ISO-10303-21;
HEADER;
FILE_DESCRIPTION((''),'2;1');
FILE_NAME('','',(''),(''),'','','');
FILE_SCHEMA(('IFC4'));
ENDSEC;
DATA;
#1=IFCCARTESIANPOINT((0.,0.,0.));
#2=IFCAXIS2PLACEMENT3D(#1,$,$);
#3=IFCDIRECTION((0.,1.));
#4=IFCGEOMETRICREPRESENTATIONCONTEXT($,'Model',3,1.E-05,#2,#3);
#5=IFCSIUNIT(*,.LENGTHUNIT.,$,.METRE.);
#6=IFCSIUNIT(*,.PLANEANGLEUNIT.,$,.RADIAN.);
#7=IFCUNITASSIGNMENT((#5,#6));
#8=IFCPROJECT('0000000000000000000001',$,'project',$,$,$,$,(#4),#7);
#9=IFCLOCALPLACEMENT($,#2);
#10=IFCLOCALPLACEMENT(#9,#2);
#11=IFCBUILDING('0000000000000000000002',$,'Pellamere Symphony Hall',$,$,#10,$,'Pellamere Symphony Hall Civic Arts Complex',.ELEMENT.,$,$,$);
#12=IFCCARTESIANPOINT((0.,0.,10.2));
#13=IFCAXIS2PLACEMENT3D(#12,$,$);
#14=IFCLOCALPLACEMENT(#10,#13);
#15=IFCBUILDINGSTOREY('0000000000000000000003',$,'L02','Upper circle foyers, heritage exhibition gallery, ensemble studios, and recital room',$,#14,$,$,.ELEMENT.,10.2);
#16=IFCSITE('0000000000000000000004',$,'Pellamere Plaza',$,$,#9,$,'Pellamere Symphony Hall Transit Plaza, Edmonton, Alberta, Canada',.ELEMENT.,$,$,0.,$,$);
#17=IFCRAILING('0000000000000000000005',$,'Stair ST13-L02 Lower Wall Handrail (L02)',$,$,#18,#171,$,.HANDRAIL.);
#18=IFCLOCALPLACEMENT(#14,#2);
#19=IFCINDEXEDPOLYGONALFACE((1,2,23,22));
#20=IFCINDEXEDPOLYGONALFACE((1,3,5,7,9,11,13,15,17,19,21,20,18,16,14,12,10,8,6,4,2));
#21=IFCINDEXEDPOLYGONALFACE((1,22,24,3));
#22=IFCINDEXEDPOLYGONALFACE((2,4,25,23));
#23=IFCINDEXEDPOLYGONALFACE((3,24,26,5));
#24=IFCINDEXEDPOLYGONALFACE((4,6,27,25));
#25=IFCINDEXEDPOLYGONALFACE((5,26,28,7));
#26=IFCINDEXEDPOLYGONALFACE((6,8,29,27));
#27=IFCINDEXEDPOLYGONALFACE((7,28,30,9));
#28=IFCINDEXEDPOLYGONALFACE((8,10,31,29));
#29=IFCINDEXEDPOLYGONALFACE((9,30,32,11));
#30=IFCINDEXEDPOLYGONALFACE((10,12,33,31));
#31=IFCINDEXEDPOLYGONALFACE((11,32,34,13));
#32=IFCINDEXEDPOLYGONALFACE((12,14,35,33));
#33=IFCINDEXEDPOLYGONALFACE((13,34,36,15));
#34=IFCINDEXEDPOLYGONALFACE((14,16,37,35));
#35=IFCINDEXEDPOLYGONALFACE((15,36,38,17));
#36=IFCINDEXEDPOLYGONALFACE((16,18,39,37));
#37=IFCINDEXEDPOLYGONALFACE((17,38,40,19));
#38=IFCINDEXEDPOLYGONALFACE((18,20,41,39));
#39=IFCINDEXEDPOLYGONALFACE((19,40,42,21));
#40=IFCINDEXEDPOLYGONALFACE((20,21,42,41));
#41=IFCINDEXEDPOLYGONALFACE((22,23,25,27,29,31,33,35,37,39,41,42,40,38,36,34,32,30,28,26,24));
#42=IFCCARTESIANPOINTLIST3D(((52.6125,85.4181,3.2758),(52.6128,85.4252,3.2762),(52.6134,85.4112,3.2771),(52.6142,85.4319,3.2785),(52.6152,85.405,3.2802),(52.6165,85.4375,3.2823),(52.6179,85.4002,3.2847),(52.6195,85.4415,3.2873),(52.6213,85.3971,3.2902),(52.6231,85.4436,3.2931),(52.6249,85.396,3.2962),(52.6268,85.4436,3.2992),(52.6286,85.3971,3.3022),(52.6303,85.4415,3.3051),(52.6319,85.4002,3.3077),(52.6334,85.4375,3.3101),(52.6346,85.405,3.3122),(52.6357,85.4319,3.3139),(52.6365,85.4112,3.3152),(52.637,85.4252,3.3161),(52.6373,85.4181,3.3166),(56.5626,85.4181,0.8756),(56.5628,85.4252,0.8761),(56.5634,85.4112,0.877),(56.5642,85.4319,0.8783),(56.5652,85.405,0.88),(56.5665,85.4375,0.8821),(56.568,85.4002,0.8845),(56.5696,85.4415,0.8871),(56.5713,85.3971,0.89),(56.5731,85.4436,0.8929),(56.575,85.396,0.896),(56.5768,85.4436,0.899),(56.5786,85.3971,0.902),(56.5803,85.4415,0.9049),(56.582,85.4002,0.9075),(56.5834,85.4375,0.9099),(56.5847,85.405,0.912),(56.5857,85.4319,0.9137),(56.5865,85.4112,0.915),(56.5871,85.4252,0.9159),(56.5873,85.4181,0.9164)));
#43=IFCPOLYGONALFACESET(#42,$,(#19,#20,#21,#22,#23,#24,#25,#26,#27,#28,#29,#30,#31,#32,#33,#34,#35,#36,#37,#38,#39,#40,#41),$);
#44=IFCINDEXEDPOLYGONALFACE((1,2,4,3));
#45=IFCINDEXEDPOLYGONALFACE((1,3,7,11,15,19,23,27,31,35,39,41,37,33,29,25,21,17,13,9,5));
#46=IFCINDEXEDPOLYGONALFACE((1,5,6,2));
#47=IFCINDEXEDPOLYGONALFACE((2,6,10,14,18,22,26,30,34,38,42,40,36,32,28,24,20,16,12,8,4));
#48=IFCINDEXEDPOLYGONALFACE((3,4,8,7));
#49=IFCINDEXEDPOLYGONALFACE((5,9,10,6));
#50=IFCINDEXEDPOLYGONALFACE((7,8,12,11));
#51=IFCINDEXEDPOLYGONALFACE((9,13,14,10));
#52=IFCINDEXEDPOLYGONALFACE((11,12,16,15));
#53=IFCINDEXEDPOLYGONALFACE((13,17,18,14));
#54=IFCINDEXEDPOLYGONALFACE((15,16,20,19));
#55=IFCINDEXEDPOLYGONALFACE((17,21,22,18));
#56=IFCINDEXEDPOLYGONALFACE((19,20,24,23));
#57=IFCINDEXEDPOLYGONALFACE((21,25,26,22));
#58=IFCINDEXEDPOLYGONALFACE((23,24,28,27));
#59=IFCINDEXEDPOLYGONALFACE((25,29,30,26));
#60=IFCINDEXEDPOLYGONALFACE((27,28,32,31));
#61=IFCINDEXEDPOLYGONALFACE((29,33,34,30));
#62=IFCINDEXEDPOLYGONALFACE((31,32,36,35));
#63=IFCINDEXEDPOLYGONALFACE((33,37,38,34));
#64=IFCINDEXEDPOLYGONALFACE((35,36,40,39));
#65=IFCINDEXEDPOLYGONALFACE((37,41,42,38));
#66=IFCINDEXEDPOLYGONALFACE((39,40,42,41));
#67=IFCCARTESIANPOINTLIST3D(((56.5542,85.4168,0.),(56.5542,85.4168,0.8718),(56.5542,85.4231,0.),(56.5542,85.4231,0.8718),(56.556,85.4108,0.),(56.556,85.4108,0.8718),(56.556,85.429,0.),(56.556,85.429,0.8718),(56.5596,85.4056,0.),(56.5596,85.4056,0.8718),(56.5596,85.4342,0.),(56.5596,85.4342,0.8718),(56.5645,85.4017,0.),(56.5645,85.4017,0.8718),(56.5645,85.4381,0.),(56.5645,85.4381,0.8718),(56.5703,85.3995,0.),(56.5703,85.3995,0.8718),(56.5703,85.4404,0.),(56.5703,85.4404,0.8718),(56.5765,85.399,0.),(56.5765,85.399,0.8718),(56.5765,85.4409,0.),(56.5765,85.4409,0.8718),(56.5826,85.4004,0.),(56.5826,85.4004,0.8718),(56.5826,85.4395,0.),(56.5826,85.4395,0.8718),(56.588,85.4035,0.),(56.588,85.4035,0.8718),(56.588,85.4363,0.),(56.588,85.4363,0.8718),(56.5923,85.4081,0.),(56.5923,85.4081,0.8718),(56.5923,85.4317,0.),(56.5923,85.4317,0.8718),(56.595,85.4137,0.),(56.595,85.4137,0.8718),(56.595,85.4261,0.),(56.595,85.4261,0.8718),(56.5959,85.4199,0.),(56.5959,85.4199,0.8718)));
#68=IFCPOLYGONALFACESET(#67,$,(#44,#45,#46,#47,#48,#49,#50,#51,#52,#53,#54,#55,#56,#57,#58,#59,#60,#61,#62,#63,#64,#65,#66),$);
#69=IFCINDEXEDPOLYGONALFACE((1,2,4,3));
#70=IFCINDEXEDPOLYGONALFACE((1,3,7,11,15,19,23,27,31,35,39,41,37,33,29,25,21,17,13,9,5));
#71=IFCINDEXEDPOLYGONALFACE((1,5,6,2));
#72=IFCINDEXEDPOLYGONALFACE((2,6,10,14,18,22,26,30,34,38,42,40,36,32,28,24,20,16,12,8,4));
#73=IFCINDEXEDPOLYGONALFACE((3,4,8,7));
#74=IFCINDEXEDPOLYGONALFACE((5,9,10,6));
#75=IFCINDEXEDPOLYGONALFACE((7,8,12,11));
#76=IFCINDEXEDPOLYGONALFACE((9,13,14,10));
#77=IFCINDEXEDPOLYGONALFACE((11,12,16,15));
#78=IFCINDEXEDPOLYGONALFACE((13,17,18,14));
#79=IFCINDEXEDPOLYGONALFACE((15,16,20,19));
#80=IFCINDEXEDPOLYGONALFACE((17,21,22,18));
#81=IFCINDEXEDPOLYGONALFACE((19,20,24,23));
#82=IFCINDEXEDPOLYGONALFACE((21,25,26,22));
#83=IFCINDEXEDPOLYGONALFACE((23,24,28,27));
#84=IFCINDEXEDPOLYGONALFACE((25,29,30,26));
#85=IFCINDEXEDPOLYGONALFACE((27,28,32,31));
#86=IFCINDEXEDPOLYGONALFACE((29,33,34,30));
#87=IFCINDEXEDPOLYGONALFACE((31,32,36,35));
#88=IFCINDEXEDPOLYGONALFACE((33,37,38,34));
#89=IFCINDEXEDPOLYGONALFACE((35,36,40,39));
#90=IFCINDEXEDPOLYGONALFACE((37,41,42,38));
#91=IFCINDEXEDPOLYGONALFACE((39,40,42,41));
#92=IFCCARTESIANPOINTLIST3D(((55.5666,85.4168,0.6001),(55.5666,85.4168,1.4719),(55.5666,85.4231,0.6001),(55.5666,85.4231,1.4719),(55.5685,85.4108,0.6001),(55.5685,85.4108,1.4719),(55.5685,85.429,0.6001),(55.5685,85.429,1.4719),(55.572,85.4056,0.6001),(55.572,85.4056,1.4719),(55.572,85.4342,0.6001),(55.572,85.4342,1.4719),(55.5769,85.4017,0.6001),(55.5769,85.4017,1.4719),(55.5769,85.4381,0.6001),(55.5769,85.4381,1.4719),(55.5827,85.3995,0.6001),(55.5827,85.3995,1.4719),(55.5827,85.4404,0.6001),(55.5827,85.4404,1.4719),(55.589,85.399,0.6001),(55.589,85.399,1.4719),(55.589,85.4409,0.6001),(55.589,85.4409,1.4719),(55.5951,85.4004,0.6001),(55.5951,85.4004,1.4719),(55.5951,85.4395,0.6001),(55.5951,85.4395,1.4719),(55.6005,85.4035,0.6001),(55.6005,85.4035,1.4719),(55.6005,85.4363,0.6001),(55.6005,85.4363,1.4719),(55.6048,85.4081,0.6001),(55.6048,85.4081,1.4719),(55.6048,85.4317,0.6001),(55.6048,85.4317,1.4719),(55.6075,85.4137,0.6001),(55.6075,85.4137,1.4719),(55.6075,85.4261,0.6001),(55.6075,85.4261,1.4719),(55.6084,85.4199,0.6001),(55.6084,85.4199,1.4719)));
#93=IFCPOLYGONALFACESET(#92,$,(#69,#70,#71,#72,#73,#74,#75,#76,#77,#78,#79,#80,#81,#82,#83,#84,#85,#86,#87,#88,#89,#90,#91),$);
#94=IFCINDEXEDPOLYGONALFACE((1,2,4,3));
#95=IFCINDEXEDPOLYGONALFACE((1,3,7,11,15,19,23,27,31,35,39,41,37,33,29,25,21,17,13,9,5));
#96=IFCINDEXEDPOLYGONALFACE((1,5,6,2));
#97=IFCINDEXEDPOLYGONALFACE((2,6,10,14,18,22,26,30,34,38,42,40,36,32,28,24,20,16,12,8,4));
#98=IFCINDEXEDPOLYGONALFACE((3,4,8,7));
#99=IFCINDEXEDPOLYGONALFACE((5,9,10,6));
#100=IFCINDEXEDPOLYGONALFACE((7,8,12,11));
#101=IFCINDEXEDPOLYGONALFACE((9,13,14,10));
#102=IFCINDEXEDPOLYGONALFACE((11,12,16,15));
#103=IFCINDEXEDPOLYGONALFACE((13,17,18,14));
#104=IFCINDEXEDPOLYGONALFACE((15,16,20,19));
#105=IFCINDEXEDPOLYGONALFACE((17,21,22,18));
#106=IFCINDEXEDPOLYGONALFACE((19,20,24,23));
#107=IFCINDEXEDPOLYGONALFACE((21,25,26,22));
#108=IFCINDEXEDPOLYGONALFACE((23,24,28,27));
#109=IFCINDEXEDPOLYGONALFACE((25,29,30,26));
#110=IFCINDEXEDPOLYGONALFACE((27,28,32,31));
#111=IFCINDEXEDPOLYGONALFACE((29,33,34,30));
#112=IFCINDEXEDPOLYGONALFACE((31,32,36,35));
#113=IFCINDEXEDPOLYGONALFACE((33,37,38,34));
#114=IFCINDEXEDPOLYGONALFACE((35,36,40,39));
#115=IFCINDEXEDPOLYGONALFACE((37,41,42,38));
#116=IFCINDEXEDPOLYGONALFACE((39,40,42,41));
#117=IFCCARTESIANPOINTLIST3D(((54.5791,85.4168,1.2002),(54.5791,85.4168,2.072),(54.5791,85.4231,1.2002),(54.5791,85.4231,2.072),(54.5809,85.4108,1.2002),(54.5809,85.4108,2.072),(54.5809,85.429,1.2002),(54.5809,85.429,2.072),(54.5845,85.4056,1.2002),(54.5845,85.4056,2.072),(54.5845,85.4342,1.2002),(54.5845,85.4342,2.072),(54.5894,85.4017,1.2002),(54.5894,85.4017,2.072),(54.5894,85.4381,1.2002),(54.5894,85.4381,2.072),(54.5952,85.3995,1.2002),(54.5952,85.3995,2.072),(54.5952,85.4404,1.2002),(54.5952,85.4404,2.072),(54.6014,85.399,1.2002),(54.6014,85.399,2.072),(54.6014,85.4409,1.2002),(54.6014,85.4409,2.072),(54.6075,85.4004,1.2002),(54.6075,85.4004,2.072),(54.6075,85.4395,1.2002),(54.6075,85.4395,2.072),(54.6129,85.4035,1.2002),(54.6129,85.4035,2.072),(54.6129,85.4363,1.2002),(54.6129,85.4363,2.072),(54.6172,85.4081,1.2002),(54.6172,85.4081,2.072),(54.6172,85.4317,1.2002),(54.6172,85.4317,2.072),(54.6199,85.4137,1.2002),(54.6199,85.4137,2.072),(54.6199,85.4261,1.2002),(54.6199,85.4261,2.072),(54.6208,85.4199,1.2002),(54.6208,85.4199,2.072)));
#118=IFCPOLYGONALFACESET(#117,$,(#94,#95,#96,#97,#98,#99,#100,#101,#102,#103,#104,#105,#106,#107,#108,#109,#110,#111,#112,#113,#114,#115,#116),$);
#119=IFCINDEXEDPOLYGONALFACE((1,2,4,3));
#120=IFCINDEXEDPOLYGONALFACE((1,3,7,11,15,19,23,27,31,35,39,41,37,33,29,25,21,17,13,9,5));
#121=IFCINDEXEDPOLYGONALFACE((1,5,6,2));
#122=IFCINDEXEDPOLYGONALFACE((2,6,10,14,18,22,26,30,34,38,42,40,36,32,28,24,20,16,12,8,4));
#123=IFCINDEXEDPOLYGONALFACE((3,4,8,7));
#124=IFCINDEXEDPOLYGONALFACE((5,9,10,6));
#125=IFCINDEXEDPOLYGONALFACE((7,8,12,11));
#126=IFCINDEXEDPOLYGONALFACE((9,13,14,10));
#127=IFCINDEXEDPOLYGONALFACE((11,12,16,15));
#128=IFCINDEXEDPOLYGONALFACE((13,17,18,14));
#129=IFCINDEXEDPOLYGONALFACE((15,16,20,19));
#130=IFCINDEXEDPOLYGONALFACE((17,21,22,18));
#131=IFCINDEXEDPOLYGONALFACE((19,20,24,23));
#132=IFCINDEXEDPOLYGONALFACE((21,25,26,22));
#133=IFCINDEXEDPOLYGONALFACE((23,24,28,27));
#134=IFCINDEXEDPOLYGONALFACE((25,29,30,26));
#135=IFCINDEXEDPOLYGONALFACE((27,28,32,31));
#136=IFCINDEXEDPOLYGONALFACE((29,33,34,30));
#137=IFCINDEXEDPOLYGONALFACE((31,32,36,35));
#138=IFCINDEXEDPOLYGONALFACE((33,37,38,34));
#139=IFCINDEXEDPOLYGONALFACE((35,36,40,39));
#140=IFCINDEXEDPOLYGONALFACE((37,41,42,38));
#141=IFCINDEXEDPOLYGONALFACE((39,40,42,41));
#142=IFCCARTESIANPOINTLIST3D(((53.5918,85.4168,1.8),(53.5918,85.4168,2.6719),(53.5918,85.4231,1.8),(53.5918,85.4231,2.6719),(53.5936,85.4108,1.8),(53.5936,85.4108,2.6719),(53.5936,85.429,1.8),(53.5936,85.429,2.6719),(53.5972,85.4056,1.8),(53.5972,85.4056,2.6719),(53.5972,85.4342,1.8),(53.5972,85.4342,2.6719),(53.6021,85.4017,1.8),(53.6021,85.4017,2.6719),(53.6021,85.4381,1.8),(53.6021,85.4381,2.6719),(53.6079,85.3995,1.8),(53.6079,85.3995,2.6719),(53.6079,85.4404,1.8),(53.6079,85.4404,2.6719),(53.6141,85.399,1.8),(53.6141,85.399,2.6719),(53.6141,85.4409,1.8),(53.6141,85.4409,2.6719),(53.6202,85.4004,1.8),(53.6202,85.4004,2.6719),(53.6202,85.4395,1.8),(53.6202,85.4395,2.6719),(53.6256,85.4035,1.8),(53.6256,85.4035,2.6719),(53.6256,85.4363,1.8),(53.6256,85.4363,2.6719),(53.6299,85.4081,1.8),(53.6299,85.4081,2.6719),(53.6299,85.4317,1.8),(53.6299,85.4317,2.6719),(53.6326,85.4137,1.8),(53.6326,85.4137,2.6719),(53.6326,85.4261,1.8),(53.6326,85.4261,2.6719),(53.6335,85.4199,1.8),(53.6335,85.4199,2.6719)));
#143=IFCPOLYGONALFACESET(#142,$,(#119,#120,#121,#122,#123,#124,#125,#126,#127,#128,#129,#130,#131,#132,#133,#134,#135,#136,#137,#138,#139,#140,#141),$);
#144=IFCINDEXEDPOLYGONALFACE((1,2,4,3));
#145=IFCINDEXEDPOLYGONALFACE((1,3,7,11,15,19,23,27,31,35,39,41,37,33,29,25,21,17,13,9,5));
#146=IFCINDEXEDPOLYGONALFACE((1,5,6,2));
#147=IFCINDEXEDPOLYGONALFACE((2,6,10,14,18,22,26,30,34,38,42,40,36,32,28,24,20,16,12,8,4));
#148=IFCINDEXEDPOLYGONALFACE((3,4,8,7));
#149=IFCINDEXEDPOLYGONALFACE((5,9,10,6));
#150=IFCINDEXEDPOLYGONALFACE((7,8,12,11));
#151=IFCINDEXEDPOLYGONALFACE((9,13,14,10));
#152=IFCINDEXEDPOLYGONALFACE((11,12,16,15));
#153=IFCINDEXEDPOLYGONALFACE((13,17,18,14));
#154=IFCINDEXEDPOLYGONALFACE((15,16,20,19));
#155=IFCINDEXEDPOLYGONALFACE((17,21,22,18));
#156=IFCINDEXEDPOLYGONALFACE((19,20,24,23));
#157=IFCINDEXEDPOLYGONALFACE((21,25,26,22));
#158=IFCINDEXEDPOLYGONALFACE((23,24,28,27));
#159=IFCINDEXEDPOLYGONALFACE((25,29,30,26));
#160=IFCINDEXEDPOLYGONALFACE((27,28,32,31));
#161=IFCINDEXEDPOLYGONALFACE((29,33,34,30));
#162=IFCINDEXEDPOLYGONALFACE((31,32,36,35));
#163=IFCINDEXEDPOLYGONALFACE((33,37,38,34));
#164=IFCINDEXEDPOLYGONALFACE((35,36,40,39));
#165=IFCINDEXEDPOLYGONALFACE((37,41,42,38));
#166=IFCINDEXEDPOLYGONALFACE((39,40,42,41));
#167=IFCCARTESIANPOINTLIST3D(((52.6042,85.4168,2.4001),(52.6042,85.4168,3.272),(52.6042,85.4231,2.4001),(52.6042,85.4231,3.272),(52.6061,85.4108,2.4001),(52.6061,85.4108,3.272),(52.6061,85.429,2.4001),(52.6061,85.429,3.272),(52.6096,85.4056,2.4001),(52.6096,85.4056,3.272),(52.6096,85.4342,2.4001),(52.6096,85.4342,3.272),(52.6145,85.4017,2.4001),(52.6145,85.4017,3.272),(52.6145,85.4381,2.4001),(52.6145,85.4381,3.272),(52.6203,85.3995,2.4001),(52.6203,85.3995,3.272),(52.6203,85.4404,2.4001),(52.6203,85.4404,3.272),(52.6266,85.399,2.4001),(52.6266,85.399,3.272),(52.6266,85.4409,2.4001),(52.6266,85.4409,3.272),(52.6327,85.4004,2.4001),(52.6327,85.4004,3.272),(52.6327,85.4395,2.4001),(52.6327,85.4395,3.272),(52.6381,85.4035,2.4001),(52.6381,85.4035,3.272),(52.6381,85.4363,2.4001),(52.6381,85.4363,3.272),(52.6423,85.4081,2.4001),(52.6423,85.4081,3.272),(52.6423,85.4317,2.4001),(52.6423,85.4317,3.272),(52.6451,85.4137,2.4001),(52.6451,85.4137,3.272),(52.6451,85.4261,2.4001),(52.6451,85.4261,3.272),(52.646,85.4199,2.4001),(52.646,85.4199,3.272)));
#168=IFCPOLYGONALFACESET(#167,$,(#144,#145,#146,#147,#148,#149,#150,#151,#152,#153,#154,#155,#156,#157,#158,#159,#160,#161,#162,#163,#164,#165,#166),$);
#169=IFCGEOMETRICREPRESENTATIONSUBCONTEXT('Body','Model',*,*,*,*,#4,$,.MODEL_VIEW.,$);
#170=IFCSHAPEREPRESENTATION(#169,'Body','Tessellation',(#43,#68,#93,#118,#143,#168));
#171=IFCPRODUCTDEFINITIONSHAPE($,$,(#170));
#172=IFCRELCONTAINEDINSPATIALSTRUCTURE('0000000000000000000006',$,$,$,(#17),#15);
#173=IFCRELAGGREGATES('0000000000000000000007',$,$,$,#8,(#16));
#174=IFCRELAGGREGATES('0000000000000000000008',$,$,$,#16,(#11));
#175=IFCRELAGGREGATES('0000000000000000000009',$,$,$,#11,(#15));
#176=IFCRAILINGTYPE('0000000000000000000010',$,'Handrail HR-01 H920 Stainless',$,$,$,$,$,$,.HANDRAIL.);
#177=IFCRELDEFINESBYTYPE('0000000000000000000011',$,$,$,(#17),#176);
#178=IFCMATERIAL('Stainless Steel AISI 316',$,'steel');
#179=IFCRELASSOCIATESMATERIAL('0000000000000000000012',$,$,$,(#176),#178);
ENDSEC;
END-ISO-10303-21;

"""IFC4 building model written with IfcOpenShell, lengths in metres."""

from ifc_helpers import new_model, si_unit, direction, frame, origin, origin_2d, place, context, subcontext, project, spatial, circle, extrude, material, type_object, element, save


model = new_model("IFC4")

# Units and contexts
model_context = context("Model", 3, precision=1e-05, world=origin(), true_north=direction((0.0, 1.0)))
body_context = subcontext(model_context, "Body", "Model", "MODEL_VIEW")
ifc_project = project(units=[si_unit("LENGTHUNIT", "METRE"), si_unit("PLANEANGLEUNIT", "RADIAN")], contexts=[model_context])

# Site, building, storey
site_placement = place(None, origin())
site = spatial("IfcSite", under=ifc_project, at=site_placement, Name="Pellamere Plaza", LongName="Pellamere Symphony Hall Transit Plaza, Edmonton, Alberta, Canada", CompositionType="ELEMENT", RefElevation=0.0)
building_placement = place(site_placement, origin())
building = spatial("IfcBuilding", under=site, at=building_placement, Name="Pellamere Symphony Hall", LongName="Pellamere Symphony Hall Civic Arts Complex", CompositionType="ELEMENT")
storey_placement = place(building_placement, frame((0.0, 0.0, 10.2)))
storey = spatial("IfcBuildingStorey", under=building, at=storey_placement, Name="L02", Description="Upper circle foyers, heritage exhibition gallery, ensemble studios, and recital room", CompositionType="ELEMENT", Elevation=10.2)

# Railing
ifc_material_1 = material(Name="Stainless Steel AISI 316", Category="steel")
railing_type_1 = type_object("IfcRailingType", Name="Handrail HR-01 H920 Stainless", PredefinedType="HANDRAIL", material=ifc_material_1)
for number, where, name in (
    (1, (56.575, 85.4199, 0.0), "Stair ST13-L02 Lower Wall Handrail (L02)"),
):
    element("IfcRailing", number, at=place(storey_placement, frame(where)), inside=storey, type_object=railing_type_1, Name=name, PredefinedType="HANDRAIL", context=body_context, shape_type="SweptSolid", body=[
        extrude(circle(Radius=0.0239, at=origin_2d()), frame((0.0, 0.0, 0.896), z_axis=(-0.854599, 0.0, 0.519288), x_axis=(0.0, -1.0, 0.0)), (0.0, 0.0, 1.0), 4.6221),
        extrude(circle(Radius=0.021, at=origin_2d()), origin(), (0.0, 0.0, 1.0), 0.8718),
        extrude(circle(Radius=0.021, at=origin_2d()), frame((-0.9875, 0.0, 0.6001)), (0.0, 0.0, 1.0), 0.8718),
        extrude(circle(Radius=0.021, at=origin_2d()), frame((-1.9751, 0.0, 1.2002)), (0.0, 0.0, 1.0), 0.8718),
        extrude(circle(Radius=0.021, at=origin_2d()), frame((-2.9624, 0.0, 1.8)), (0.0, 0.0, 1.0), 0.8718),
        extrude(circle(Radius=0.021, at=origin_2d()), frame((-3.95, 0.0, 2.4001)), (0.0, 0.0, 1.0), 0.8718),
    ])

save(model, "model.ifc")
